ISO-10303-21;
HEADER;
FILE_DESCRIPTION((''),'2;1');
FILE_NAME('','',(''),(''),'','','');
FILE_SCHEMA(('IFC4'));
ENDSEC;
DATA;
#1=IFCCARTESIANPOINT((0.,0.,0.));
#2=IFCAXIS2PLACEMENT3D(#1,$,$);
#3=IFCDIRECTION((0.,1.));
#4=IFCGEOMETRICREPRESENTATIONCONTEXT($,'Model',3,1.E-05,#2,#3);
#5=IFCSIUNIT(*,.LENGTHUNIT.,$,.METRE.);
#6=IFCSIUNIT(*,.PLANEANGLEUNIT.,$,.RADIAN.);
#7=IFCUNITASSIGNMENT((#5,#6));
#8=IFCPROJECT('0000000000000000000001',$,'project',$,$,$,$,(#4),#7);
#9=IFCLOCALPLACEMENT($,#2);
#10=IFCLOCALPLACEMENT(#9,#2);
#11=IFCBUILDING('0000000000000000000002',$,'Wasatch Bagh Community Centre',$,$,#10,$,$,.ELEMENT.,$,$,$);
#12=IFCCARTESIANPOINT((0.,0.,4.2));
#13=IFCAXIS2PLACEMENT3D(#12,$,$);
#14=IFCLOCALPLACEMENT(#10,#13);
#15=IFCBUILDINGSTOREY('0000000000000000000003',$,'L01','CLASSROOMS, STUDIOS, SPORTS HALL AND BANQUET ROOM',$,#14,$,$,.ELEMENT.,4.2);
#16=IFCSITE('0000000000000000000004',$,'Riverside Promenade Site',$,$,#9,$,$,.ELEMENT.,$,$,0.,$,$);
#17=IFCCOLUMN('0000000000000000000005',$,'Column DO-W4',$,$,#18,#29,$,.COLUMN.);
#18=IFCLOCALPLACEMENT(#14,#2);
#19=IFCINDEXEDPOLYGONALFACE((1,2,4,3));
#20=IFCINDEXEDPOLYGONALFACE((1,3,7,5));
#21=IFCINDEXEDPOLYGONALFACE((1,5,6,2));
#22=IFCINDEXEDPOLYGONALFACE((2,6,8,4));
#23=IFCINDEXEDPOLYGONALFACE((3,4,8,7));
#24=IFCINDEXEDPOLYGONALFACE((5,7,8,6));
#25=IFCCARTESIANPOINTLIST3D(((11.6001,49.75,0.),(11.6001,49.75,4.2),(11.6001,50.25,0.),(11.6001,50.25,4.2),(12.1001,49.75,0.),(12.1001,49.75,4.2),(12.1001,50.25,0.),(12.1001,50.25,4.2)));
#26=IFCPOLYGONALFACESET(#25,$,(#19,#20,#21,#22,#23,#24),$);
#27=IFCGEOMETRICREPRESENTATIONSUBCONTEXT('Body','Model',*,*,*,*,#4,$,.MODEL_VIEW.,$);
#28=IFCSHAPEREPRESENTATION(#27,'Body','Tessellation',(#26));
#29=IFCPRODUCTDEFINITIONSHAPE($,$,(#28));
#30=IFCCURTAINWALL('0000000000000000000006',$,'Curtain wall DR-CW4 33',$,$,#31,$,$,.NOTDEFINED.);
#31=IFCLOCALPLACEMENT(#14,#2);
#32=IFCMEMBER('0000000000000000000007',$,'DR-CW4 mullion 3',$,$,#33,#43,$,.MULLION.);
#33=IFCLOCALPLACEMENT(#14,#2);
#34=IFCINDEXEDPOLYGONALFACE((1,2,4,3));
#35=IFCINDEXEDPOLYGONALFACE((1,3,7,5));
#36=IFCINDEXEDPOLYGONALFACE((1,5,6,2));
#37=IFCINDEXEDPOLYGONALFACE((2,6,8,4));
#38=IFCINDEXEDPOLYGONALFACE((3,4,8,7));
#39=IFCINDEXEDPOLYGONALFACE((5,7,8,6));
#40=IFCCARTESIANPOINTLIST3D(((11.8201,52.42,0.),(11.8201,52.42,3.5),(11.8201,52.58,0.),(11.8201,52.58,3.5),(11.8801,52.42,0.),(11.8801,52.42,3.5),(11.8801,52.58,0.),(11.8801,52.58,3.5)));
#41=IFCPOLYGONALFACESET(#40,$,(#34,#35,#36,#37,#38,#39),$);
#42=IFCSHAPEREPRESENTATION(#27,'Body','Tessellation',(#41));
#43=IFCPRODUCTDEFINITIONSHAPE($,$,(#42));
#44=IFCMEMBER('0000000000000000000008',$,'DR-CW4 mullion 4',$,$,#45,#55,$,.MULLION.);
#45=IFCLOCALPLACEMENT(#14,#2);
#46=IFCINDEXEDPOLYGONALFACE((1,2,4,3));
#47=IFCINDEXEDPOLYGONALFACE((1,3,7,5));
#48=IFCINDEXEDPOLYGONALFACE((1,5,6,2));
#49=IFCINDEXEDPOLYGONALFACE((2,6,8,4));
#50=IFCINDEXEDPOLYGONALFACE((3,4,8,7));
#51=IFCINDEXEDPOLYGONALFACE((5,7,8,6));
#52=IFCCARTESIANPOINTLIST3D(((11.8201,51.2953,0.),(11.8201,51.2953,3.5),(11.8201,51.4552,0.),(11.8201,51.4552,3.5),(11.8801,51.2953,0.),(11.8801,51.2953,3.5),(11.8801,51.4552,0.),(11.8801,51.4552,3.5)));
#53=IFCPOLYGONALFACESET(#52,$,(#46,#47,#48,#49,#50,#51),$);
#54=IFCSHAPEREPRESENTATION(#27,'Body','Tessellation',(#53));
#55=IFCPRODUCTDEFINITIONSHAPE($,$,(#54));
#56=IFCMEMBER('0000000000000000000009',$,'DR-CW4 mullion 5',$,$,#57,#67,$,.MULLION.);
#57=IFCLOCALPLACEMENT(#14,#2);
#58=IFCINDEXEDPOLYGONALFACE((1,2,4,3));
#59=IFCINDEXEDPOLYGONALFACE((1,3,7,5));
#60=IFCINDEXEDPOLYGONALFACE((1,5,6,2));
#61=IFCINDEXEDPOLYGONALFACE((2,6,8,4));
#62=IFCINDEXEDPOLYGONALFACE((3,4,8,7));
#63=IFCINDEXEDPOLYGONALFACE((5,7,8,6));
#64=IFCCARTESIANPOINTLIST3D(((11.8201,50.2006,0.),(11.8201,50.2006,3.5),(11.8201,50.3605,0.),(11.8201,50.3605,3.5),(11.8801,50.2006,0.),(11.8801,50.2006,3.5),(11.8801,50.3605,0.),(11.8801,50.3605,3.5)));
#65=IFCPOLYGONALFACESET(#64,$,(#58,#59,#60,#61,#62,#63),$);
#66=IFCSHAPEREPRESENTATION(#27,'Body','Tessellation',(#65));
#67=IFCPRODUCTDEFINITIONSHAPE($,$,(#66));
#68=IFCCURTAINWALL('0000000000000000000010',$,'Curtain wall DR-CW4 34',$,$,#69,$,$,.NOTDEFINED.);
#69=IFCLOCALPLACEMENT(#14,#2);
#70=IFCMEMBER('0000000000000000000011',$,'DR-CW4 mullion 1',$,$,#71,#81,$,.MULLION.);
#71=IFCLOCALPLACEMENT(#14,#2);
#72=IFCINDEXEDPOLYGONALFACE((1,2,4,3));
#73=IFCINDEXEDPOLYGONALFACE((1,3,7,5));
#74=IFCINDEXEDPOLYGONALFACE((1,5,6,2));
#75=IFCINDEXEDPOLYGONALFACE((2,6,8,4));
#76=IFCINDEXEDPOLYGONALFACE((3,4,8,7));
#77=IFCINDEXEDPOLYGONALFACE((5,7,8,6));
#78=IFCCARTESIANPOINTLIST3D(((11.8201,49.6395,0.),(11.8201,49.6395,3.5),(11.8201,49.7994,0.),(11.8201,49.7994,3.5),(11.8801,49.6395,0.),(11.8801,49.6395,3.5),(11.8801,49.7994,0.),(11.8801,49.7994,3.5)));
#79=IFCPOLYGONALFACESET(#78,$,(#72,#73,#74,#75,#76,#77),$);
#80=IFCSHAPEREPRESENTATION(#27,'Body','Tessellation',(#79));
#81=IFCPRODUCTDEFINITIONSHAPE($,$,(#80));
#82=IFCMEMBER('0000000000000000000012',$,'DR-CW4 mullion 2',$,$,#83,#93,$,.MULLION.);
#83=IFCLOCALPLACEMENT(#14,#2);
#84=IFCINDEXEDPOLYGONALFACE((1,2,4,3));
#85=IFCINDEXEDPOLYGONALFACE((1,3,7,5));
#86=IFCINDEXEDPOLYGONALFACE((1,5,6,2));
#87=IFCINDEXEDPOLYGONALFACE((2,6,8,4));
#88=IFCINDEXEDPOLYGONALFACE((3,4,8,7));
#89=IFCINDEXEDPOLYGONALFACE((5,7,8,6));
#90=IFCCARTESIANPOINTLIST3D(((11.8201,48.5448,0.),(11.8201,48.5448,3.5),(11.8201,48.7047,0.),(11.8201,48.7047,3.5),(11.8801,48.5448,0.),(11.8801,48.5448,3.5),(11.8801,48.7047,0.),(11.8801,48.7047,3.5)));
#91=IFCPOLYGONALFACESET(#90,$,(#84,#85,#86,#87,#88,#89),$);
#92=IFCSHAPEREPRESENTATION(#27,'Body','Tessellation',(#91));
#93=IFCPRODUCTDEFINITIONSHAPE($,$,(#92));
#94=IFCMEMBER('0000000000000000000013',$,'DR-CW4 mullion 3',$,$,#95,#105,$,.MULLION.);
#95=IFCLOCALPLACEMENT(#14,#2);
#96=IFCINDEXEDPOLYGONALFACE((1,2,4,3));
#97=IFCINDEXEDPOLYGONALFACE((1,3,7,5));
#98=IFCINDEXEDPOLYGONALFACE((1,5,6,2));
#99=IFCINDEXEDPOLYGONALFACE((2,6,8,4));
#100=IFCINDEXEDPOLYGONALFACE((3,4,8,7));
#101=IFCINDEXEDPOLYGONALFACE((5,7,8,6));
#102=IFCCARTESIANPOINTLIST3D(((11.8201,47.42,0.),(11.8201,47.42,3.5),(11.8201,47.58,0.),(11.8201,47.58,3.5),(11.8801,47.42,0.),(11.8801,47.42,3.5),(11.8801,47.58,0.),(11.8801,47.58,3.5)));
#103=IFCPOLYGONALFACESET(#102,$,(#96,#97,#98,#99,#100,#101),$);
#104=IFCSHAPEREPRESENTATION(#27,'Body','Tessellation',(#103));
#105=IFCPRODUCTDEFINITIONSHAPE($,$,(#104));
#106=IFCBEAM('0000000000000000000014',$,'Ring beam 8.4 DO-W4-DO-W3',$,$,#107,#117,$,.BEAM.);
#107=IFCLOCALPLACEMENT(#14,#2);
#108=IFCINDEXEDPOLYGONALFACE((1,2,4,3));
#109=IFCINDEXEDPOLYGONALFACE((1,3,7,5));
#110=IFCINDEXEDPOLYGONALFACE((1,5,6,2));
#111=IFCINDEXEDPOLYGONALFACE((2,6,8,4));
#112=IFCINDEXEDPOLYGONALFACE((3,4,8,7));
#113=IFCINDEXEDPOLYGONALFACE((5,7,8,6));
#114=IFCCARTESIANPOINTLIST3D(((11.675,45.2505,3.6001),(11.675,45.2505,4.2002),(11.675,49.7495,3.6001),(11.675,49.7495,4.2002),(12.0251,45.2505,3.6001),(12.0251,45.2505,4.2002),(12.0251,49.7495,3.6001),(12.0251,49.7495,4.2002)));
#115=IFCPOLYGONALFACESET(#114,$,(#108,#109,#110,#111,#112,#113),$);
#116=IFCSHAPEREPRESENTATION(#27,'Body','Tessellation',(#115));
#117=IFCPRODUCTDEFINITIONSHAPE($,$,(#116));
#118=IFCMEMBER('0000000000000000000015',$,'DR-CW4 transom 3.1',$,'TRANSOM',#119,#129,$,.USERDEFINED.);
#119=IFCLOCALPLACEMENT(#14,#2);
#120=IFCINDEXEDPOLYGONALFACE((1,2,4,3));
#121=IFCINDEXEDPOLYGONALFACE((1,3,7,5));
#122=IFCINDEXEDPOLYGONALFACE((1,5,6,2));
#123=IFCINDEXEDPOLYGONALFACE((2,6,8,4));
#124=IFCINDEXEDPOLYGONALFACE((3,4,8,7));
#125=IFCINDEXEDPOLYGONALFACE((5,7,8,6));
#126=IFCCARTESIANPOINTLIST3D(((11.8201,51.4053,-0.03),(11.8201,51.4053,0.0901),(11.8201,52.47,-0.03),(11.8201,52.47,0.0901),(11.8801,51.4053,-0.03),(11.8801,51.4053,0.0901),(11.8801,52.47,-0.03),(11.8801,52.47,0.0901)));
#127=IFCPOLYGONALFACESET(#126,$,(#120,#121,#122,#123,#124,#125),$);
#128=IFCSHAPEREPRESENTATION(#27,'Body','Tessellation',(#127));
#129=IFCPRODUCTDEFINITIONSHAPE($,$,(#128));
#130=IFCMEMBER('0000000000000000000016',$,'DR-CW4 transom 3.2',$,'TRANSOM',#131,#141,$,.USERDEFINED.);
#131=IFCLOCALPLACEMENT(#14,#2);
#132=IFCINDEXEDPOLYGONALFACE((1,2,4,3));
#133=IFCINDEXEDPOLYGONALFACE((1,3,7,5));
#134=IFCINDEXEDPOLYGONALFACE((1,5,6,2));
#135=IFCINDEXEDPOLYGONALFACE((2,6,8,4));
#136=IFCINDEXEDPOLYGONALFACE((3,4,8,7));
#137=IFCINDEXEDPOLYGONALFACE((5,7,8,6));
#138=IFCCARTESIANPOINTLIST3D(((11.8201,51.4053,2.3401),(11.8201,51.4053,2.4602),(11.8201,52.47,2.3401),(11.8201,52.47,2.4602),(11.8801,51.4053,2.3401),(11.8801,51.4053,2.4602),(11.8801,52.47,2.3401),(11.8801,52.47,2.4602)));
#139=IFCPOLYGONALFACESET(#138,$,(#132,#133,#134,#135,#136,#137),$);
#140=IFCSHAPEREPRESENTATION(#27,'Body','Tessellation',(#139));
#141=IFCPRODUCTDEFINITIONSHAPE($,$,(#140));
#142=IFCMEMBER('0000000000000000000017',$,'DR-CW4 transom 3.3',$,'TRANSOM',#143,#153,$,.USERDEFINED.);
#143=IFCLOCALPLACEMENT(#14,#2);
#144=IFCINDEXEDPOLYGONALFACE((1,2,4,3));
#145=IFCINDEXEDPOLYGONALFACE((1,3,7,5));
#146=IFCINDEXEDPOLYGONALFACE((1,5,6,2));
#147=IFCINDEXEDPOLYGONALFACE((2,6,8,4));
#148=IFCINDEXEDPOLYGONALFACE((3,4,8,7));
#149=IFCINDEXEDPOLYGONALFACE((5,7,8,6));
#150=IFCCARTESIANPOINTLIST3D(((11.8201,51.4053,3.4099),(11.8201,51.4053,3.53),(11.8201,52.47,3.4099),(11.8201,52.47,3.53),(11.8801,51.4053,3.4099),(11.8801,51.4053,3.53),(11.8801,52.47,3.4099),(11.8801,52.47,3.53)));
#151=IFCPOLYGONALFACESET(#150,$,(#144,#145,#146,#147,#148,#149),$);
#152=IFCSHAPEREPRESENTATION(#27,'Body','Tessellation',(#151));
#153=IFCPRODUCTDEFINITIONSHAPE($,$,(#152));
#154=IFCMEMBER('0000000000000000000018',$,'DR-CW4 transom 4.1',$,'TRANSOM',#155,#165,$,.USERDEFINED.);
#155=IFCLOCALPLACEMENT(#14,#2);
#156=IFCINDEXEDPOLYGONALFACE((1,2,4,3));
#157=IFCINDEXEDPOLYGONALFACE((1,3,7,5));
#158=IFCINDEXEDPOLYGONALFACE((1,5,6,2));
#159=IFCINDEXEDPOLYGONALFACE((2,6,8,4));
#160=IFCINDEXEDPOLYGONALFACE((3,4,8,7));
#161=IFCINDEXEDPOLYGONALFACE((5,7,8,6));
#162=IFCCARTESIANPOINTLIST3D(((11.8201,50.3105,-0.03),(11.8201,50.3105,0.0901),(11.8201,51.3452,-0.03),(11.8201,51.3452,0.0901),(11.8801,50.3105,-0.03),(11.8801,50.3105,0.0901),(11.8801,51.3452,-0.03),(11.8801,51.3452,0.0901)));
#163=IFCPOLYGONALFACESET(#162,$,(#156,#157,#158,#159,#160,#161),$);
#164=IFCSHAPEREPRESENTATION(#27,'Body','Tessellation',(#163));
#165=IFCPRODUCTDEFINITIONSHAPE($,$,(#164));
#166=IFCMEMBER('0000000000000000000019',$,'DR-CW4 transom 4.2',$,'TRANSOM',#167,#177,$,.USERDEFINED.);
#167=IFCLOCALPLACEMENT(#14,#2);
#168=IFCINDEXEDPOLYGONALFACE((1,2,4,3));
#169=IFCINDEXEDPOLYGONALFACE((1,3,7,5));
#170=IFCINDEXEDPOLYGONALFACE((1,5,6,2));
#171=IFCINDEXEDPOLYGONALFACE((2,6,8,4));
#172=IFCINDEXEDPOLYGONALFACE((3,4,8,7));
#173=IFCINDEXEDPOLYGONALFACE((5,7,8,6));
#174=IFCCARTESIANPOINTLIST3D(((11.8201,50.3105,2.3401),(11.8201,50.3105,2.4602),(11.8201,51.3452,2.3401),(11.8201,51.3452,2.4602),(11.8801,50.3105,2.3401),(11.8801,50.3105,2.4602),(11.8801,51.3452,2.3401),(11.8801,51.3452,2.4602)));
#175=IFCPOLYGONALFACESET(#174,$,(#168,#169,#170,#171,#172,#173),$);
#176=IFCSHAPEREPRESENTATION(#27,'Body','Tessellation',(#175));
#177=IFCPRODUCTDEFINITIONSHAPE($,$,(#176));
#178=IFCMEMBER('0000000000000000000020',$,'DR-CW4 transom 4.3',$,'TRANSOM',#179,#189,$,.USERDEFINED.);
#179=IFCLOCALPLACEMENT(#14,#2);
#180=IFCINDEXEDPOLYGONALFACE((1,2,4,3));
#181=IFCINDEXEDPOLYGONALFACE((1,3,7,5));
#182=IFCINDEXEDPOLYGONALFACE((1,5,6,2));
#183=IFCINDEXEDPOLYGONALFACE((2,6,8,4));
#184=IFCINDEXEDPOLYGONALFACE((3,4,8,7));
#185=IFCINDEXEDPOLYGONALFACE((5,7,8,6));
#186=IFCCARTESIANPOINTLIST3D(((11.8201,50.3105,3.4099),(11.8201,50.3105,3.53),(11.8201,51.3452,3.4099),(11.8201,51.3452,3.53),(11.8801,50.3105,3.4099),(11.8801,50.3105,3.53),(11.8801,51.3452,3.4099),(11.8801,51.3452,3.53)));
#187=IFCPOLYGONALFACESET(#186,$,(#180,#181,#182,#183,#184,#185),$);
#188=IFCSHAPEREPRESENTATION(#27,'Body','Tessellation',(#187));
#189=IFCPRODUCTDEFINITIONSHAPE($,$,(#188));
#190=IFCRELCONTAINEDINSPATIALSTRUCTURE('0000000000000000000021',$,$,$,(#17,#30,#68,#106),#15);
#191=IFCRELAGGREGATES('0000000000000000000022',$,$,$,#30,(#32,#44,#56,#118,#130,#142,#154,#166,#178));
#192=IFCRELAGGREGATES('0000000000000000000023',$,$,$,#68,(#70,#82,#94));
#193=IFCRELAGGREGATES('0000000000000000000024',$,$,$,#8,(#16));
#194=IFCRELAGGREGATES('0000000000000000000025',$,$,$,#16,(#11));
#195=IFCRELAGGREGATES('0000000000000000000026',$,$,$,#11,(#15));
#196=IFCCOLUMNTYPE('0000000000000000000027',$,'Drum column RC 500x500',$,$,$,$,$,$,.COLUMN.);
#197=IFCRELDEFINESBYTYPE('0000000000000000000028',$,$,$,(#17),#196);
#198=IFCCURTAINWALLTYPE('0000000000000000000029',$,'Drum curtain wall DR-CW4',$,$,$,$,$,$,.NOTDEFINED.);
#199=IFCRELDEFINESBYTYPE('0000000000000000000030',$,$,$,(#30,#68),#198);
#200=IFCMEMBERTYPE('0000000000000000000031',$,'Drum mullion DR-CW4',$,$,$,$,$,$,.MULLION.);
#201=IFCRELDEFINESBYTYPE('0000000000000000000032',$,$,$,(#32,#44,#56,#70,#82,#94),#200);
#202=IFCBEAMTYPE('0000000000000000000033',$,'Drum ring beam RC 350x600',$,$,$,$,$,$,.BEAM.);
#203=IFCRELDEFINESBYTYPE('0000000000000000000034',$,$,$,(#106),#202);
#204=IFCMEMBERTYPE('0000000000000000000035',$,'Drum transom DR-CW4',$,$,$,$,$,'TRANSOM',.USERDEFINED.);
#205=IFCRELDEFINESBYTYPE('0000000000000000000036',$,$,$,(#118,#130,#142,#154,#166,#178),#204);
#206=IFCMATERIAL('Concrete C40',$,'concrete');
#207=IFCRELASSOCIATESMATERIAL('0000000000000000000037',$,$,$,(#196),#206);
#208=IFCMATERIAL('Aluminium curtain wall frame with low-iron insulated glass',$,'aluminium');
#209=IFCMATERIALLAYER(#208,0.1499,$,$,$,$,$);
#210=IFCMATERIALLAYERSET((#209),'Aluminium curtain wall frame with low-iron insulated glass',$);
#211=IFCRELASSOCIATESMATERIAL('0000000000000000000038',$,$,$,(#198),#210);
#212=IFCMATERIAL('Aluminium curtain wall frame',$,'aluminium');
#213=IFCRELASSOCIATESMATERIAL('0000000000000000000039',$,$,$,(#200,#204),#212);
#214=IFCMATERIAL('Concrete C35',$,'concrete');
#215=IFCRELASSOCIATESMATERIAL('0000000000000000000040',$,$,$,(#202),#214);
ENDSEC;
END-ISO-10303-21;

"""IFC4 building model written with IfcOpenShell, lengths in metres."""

from ifc_helpers import new_model, si_unit, direction, frame, origin, origin_2d, place, context, subcontext, project, spatial, rectangle, extrude, material, layer, layer_set, material_profile, profile_set, type_object, element, aggregate, save


model = new_model("IFC4")

# Units and contexts
model_context = context("Model", 3, precision=1e-05, world=origin(), true_north=direction((0.0, 1.0)))
body_context = subcontext(model_context, "Body", "Model", "MODEL_VIEW")
ifc_project = project(units=[si_unit("LENGTHUNIT", "METRE"), si_unit("PLANEANGLEUNIT", "RADIAN")], contexts=[model_context])

# Site, building, storey
site_placement = place(None, origin())
site = spatial("IfcSite", under=ifc_project, at=site_placement, Name="Riverside Promenade Site", CompositionType="ELEMENT", RefElevation=0.0)
building_placement = place(site_placement, origin())
building = spatial("IfcBuilding", under=site, at=building_placement, Name="Wasatch Bagh Community Centre", CompositionType="ELEMENT")
storey_placement = place(building_placement, frame((0.0, 0.0, 4.2)))
storey = spatial("IfcBuildingStorey", under=building, at=storey_placement, Name="L01", Description="CLASSROOMS, STUDIOS, SPORTS HALL AND BANQUET ROOM", CompositionType="ELEMENT", Elevation=4.2)

# Column
ifc_material_1 = material(Name="Concrete C40", Category="concrete")
ifc_material_profile_1 = material_profile(ifc_material_1, rectangle(XDim=0.5, YDim=0.5, at=origin_2d()), Name="RC 500x500")
ifc_profile_set_1 = profile_set([ifc_material_profile_1], Name="Concrete C40")
column_type = type_object("IfcColumnType", Name="Drum column RC 500x500", PredefinedType="COLUMN", material=ifc_profile_set_1)
column_placement = place(storey_placement, frame((11.8501, 50.0, 0.0), z_axis=(0.0, 0.0, 1.0), x_axis=(1.0, 0.0, 0.0)))
element("IfcColumn", 1, at=column_placement, inside=storey, type_object=column_type, Name="Column DO-W4", PredefinedType="COLUMN", context=body_context, shape_type="SweptSolid", body=[
    extrude(rectangle(XDim=0.5, YDim=0.5, at=origin_2d()), origin(), (0.0, 0.0, 1.0), 4.2),
])

# Curtain walls, members
ifc_material_2 = material(Name="Aluminium curtain wall frame with low-iron insulated glass", Category="aluminium")
ifc_layer_1 = layer(ifc_material_2, 0.1499)
ifc_layer_set_1 = layer_set([ifc_layer_1], Name="Aluminium curtain wall frame with low-iron insulated glass")
curtain_wall_type = type_object("IfcCurtainWallType", Name="Drum curtain wall DR-CW4", PredefinedType="NOTDEFINED", material=ifc_layer_set_1)
curtain_wall_1_placement = place(storey_placement, origin())
curtain_wall_1 = element("IfcCurtainWall", 2, at=curtain_wall_1_placement, inside=storey, type_object=curtain_wall_type, Name="Curtain wall DR-CW4 33", PredefinedType="NOTDEFINED")
ifc_material_3 = material(Name="Aluminium curtain wall frame", Category="aluminium")
ifc_material_profile_2 = material_profile(ifc_material_3, rectangle(XDim=0.0601, YDim=0.1599, at=origin_2d()), Name="Drum mullion DR-CW4")
ifc_profile_set_2 = profile_set([ifc_material_profile_2], Name="Aluminium curtain wall frame")
member_type_1 = type_object("IfcMemberType", Name="Drum mullion DR-CW4", PredefinedType="MULLION", material=ifc_profile_set_2)
member_1_placement = place(storey_placement, frame((11.8501, 52.5, 0.0), z_axis=(0.0, 0.0, 1.0), x_axis=(1.0, 0.0, 0.0)))
member_1 = element("IfcMember", 3, at=member_1_placement, type_object=member_type_1, Name="DR-CW4 mullion 3", PredefinedType="MULLION", context=body_context, shape_type="SweptSolid", body=[
    extrude(rectangle(XDim=0.0601, YDim=0.1599, at=origin_2d()), origin(), (0.0, 0.0, 1.0), 3.5),
])
member_2_placement = place(storey_placement, frame((11.8501, 51.3752, 0.0), z_axis=(0.0, 0.0, 1.0), x_axis=(1.0, 0.0, 0.0)))
member_2 = element("IfcMember", 4, at=member_2_placement, type_object=member_type_1, Name="DR-CW4 mullion 4", PredefinedType="MULLION", context=body_context, shape_type="SweptSolid", body=[
    extrude(rectangle(XDim=0.0601, YDim=0.1599, at=origin_2d()), origin(), (0.0, 0.0, 1.0), 3.5),
])
member_3_placement = place(storey_placement, frame((11.8501, 50.2805, 0.0), z_axis=(0.0, 0.0, 1.0), x_axis=(1.0, 0.0, 0.0)))
member_3 = element("IfcMember", 5, at=member_3_placement, type_object=member_type_1, Name="DR-CW4 mullion 5", PredefinedType="MULLION", context=body_context, shape_type="SweptSolid", body=[
    extrude(rectangle(XDim=0.0601, YDim=0.1599, at=origin_2d()), origin(), (0.0, 0.0, 1.0), 3.5),
])
curtain_wall_2_placement = place(storey_placement, origin())
curtain_wall_2 = element("IfcCurtainWall", 6, at=curtain_wall_2_placement, inside=storey, type_object=curtain_wall_type, Name="Curtain wall DR-CW4 34", PredefinedType="NOTDEFINED")
member_4_placement = place(storey_placement, frame((11.8501, 49.7195, 0.0), z_axis=(0.0, 0.0, 1.0), x_axis=(1.0, 0.0, 0.0)))
member_4 = element("IfcMember", 7, at=member_4_placement, type_object=member_type_1, Name="DR-CW4 mullion 1", PredefinedType="MULLION", context=body_context, shape_type="SweptSolid", body=[
    extrude(rectangle(XDim=0.0601, YDim=0.1599, at=origin_2d()), origin(), (0.0, 0.0, 1.0), 3.5),
])
member_5_placement = place(storey_placement, frame((11.8501, 48.6248, 0.0), z_axis=(0.0, 0.0, 1.0), x_axis=(1.0, 0.0, 0.0)))
member_5 = element("IfcMember", 8, at=member_5_placement, type_object=member_type_1, Name="DR-CW4 mullion 2", PredefinedType="MULLION", context=body_context, shape_type="SweptSolid", body=[
    extrude(rectangle(XDim=0.0601, YDim=0.1599, at=origin_2d()), origin(), (0.0, 0.0, 1.0), 3.5),
])
member_6_placement = place(storey_placement, frame((11.8501, 47.5, 0.0), z_axis=(0.0, 0.0, 1.0), x_axis=(1.0, 0.0, 0.0)))
member_6 = element("IfcMember", 9, at=member_6_placement, type_object=member_type_1, Name="DR-CW4 mullion 3", PredefinedType="MULLION", context=body_context, shape_type="SweptSolid", body=[
    extrude(rectangle(XDim=0.0601, YDim=0.1599, at=origin_2d()), origin(), (0.0, 0.0, 1.0), 3.5),
])

# Beam
ifc_material_4 = material(Name="Concrete C35", Category="concrete")
ifc_material_profile_3 = material_profile(ifc_material_4, rectangle(XDim=0.3501, YDim=0.6001, at=origin_2d()), Name="RC 350x600")
ifc_profile_set_3 = profile_set([ifc_material_profile_3], Name="Concrete C35")
beam_type = type_object("IfcBeamType", Name="Drum ring beam RC 350x600", PredefinedType="BEAM", material=ifc_profile_set_3)
beam_placement = place(storey_placement, frame((11.8501, 49.7495, 3.9001), z_axis=(0.0, -1.0, 0.0), x_axis=(1.0, 0.0, 0.0)))
element("IfcBeam", 10, at=beam_placement, inside=storey, type_object=beam_type, Name="Ring beam 8.4 DO-W4-DO-W3", PredefinedType="BEAM", context=body_context, shape_type="SweptSolid", body=[
    extrude(rectangle(XDim=0.3501, YDim=0.6001, at=origin_2d()), origin(), (0.0, 0.0, 1.0), 4.499),
])

# Members
ifc_material_profile_4 = material_profile(ifc_material_3, rectangle(XDim=0.0601, YDim=0.1201, at=origin_2d()), Name="Drum transom DR-CW4")
ifc_profile_set_4 = profile_set([ifc_material_profile_4], Name="Aluminium curtain wall frame")
member_type_2 = type_object("IfcMemberType", Name="Drum transom DR-CW4", ElementType="TRANSOM", PredefinedType="USERDEFINED", material=ifc_profile_set_4)
member_7_placement = place(storey_placement, frame((11.8501, 52.47, 0.03), z_axis=(0.0, -1.0, 0.0), x_axis=(1.0, 0.0, 0.0)))
member_7 = element("IfcMember", 11, at=member_7_placement, type_object=member_type_2, Name="DR-CW4 transom 3.1", ObjectType="TRANSOM", PredefinedType="USERDEFINED", context=body_context, shape_type="SweptSolid", body=[
    extrude(rectangle(XDim=0.0601, YDim=0.1201, at=origin_2d()), origin(), (0.0, 0.0, 1.0), 1.0647),
])
member_8_placement = place(storey_placement, frame((11.8501, 52.47, 2.4001), z_axis=(0.0, -1.0, 0.0), x_axis=(1.0, 0.0, 0.0)))
member_8 = element("IfcMember", 12, at=member_8_placement, type_object=member_type_2, Name="DR-CW4 transom 3.2", ObjectType="TRANSOM", PredefinedType="USERDEFINED", context=body_context, shape_type="SweptSolid", body=[
    extrude(rectangle(XDim=0.0601, YDim=0.1201, at=origin_2d()), origin(), (0.0, 0.0, 1.0), 1.0647),
])
member_9_placement = place(storey_placement, frame((11.8501, 52.47, 3.47), z_axis=(0.0, -1.0, 0.0), x_axis=(1.0, 0.0, 0.0)))
member_9 = element("IfcMember", 13, at=member_9_placement, type_object=member_type_2, Name="DR-CW4 transom 3.3", ObjectType="TRANSOM", PredefinedType="USERDEFINED", context=body_context, shape_type="SweptSolid", body=[
    extrude(rectangle(XDim=0.0601, YDim=0.1201, at=origin_2d()), origin(), (0.0, 0.0, 1.0), 1.0647),
])
member_10_placement = place(storey_placement, frame((11.8501, 51.3452, 0.03), z_axis=(0.0, -1.0, 0.0), x_axis=(1.0, 0.0, 0.0)))
member_10 = element("IfcMember", 14, at=member_10_placement, type_object=member_type_2, Name="DR-CW4 transom 4.1", ObjectType="TRANSOM", PredefinedType="USERDEFINED", context=body_context, shape_type="SweptSolid", body=[
    extrude(rectangle(XDim=0.0601, YDim=0.1201, at=origin_2d()), origin(), (0.0, 0.0, 1.0), 1.0347),
])
member_11_placement = place(storey_placement, frame((11.8501, 51.3452, 2.4001), z_axis=(0.0, -1.0, 0.0), x_axis=(1.0, 0.0, 0.0)))
member_11 = element("IfcMember", 15, at=member_11_placement, type_object=member_type_2, Name="DR-CW4 transom 4.2", ObjectType="TRANSOM", PredefinedType="USERDEFINED", context=body_context, shape_type="SweptSolid", body=[
    extrude(rectangle(XDim=0.0601, YDim=0.1201, at=origin_2d()), origin(), (0.0, 0.0, 1.0), 1.0347),
])
member_12_placement = place(storey_placement, frame((11.8501, 51.3452, 3.47), z_axis=(0.0, -1.0, 0.0), x_axis=(1.0, 0.0, 0.0)))
member_12 = element("IfcMember", 16, at=member_12_placement, type_object=member_type_2, Name="DR-CW4 transom 4.3", ObjectType="TRANSOM", PredefinedType="USERDEFINED", context=body_context, shape_type="SweptSolid", body=[
    extrude(rectangle(XDim=0.0601, YDim=0.1201, at=origin_2d()), origin(), (0.0, 0.0, 1.0), 1.0347),
])

aggregate(curtain_wall_1, [member_1, member_2, member_3, member_7, member_8, member_9, member_10, member_11, member_12])
aggregate(curtain_wall_2, [member_4, member_5, member_6])

save(model, "model.ifc")
